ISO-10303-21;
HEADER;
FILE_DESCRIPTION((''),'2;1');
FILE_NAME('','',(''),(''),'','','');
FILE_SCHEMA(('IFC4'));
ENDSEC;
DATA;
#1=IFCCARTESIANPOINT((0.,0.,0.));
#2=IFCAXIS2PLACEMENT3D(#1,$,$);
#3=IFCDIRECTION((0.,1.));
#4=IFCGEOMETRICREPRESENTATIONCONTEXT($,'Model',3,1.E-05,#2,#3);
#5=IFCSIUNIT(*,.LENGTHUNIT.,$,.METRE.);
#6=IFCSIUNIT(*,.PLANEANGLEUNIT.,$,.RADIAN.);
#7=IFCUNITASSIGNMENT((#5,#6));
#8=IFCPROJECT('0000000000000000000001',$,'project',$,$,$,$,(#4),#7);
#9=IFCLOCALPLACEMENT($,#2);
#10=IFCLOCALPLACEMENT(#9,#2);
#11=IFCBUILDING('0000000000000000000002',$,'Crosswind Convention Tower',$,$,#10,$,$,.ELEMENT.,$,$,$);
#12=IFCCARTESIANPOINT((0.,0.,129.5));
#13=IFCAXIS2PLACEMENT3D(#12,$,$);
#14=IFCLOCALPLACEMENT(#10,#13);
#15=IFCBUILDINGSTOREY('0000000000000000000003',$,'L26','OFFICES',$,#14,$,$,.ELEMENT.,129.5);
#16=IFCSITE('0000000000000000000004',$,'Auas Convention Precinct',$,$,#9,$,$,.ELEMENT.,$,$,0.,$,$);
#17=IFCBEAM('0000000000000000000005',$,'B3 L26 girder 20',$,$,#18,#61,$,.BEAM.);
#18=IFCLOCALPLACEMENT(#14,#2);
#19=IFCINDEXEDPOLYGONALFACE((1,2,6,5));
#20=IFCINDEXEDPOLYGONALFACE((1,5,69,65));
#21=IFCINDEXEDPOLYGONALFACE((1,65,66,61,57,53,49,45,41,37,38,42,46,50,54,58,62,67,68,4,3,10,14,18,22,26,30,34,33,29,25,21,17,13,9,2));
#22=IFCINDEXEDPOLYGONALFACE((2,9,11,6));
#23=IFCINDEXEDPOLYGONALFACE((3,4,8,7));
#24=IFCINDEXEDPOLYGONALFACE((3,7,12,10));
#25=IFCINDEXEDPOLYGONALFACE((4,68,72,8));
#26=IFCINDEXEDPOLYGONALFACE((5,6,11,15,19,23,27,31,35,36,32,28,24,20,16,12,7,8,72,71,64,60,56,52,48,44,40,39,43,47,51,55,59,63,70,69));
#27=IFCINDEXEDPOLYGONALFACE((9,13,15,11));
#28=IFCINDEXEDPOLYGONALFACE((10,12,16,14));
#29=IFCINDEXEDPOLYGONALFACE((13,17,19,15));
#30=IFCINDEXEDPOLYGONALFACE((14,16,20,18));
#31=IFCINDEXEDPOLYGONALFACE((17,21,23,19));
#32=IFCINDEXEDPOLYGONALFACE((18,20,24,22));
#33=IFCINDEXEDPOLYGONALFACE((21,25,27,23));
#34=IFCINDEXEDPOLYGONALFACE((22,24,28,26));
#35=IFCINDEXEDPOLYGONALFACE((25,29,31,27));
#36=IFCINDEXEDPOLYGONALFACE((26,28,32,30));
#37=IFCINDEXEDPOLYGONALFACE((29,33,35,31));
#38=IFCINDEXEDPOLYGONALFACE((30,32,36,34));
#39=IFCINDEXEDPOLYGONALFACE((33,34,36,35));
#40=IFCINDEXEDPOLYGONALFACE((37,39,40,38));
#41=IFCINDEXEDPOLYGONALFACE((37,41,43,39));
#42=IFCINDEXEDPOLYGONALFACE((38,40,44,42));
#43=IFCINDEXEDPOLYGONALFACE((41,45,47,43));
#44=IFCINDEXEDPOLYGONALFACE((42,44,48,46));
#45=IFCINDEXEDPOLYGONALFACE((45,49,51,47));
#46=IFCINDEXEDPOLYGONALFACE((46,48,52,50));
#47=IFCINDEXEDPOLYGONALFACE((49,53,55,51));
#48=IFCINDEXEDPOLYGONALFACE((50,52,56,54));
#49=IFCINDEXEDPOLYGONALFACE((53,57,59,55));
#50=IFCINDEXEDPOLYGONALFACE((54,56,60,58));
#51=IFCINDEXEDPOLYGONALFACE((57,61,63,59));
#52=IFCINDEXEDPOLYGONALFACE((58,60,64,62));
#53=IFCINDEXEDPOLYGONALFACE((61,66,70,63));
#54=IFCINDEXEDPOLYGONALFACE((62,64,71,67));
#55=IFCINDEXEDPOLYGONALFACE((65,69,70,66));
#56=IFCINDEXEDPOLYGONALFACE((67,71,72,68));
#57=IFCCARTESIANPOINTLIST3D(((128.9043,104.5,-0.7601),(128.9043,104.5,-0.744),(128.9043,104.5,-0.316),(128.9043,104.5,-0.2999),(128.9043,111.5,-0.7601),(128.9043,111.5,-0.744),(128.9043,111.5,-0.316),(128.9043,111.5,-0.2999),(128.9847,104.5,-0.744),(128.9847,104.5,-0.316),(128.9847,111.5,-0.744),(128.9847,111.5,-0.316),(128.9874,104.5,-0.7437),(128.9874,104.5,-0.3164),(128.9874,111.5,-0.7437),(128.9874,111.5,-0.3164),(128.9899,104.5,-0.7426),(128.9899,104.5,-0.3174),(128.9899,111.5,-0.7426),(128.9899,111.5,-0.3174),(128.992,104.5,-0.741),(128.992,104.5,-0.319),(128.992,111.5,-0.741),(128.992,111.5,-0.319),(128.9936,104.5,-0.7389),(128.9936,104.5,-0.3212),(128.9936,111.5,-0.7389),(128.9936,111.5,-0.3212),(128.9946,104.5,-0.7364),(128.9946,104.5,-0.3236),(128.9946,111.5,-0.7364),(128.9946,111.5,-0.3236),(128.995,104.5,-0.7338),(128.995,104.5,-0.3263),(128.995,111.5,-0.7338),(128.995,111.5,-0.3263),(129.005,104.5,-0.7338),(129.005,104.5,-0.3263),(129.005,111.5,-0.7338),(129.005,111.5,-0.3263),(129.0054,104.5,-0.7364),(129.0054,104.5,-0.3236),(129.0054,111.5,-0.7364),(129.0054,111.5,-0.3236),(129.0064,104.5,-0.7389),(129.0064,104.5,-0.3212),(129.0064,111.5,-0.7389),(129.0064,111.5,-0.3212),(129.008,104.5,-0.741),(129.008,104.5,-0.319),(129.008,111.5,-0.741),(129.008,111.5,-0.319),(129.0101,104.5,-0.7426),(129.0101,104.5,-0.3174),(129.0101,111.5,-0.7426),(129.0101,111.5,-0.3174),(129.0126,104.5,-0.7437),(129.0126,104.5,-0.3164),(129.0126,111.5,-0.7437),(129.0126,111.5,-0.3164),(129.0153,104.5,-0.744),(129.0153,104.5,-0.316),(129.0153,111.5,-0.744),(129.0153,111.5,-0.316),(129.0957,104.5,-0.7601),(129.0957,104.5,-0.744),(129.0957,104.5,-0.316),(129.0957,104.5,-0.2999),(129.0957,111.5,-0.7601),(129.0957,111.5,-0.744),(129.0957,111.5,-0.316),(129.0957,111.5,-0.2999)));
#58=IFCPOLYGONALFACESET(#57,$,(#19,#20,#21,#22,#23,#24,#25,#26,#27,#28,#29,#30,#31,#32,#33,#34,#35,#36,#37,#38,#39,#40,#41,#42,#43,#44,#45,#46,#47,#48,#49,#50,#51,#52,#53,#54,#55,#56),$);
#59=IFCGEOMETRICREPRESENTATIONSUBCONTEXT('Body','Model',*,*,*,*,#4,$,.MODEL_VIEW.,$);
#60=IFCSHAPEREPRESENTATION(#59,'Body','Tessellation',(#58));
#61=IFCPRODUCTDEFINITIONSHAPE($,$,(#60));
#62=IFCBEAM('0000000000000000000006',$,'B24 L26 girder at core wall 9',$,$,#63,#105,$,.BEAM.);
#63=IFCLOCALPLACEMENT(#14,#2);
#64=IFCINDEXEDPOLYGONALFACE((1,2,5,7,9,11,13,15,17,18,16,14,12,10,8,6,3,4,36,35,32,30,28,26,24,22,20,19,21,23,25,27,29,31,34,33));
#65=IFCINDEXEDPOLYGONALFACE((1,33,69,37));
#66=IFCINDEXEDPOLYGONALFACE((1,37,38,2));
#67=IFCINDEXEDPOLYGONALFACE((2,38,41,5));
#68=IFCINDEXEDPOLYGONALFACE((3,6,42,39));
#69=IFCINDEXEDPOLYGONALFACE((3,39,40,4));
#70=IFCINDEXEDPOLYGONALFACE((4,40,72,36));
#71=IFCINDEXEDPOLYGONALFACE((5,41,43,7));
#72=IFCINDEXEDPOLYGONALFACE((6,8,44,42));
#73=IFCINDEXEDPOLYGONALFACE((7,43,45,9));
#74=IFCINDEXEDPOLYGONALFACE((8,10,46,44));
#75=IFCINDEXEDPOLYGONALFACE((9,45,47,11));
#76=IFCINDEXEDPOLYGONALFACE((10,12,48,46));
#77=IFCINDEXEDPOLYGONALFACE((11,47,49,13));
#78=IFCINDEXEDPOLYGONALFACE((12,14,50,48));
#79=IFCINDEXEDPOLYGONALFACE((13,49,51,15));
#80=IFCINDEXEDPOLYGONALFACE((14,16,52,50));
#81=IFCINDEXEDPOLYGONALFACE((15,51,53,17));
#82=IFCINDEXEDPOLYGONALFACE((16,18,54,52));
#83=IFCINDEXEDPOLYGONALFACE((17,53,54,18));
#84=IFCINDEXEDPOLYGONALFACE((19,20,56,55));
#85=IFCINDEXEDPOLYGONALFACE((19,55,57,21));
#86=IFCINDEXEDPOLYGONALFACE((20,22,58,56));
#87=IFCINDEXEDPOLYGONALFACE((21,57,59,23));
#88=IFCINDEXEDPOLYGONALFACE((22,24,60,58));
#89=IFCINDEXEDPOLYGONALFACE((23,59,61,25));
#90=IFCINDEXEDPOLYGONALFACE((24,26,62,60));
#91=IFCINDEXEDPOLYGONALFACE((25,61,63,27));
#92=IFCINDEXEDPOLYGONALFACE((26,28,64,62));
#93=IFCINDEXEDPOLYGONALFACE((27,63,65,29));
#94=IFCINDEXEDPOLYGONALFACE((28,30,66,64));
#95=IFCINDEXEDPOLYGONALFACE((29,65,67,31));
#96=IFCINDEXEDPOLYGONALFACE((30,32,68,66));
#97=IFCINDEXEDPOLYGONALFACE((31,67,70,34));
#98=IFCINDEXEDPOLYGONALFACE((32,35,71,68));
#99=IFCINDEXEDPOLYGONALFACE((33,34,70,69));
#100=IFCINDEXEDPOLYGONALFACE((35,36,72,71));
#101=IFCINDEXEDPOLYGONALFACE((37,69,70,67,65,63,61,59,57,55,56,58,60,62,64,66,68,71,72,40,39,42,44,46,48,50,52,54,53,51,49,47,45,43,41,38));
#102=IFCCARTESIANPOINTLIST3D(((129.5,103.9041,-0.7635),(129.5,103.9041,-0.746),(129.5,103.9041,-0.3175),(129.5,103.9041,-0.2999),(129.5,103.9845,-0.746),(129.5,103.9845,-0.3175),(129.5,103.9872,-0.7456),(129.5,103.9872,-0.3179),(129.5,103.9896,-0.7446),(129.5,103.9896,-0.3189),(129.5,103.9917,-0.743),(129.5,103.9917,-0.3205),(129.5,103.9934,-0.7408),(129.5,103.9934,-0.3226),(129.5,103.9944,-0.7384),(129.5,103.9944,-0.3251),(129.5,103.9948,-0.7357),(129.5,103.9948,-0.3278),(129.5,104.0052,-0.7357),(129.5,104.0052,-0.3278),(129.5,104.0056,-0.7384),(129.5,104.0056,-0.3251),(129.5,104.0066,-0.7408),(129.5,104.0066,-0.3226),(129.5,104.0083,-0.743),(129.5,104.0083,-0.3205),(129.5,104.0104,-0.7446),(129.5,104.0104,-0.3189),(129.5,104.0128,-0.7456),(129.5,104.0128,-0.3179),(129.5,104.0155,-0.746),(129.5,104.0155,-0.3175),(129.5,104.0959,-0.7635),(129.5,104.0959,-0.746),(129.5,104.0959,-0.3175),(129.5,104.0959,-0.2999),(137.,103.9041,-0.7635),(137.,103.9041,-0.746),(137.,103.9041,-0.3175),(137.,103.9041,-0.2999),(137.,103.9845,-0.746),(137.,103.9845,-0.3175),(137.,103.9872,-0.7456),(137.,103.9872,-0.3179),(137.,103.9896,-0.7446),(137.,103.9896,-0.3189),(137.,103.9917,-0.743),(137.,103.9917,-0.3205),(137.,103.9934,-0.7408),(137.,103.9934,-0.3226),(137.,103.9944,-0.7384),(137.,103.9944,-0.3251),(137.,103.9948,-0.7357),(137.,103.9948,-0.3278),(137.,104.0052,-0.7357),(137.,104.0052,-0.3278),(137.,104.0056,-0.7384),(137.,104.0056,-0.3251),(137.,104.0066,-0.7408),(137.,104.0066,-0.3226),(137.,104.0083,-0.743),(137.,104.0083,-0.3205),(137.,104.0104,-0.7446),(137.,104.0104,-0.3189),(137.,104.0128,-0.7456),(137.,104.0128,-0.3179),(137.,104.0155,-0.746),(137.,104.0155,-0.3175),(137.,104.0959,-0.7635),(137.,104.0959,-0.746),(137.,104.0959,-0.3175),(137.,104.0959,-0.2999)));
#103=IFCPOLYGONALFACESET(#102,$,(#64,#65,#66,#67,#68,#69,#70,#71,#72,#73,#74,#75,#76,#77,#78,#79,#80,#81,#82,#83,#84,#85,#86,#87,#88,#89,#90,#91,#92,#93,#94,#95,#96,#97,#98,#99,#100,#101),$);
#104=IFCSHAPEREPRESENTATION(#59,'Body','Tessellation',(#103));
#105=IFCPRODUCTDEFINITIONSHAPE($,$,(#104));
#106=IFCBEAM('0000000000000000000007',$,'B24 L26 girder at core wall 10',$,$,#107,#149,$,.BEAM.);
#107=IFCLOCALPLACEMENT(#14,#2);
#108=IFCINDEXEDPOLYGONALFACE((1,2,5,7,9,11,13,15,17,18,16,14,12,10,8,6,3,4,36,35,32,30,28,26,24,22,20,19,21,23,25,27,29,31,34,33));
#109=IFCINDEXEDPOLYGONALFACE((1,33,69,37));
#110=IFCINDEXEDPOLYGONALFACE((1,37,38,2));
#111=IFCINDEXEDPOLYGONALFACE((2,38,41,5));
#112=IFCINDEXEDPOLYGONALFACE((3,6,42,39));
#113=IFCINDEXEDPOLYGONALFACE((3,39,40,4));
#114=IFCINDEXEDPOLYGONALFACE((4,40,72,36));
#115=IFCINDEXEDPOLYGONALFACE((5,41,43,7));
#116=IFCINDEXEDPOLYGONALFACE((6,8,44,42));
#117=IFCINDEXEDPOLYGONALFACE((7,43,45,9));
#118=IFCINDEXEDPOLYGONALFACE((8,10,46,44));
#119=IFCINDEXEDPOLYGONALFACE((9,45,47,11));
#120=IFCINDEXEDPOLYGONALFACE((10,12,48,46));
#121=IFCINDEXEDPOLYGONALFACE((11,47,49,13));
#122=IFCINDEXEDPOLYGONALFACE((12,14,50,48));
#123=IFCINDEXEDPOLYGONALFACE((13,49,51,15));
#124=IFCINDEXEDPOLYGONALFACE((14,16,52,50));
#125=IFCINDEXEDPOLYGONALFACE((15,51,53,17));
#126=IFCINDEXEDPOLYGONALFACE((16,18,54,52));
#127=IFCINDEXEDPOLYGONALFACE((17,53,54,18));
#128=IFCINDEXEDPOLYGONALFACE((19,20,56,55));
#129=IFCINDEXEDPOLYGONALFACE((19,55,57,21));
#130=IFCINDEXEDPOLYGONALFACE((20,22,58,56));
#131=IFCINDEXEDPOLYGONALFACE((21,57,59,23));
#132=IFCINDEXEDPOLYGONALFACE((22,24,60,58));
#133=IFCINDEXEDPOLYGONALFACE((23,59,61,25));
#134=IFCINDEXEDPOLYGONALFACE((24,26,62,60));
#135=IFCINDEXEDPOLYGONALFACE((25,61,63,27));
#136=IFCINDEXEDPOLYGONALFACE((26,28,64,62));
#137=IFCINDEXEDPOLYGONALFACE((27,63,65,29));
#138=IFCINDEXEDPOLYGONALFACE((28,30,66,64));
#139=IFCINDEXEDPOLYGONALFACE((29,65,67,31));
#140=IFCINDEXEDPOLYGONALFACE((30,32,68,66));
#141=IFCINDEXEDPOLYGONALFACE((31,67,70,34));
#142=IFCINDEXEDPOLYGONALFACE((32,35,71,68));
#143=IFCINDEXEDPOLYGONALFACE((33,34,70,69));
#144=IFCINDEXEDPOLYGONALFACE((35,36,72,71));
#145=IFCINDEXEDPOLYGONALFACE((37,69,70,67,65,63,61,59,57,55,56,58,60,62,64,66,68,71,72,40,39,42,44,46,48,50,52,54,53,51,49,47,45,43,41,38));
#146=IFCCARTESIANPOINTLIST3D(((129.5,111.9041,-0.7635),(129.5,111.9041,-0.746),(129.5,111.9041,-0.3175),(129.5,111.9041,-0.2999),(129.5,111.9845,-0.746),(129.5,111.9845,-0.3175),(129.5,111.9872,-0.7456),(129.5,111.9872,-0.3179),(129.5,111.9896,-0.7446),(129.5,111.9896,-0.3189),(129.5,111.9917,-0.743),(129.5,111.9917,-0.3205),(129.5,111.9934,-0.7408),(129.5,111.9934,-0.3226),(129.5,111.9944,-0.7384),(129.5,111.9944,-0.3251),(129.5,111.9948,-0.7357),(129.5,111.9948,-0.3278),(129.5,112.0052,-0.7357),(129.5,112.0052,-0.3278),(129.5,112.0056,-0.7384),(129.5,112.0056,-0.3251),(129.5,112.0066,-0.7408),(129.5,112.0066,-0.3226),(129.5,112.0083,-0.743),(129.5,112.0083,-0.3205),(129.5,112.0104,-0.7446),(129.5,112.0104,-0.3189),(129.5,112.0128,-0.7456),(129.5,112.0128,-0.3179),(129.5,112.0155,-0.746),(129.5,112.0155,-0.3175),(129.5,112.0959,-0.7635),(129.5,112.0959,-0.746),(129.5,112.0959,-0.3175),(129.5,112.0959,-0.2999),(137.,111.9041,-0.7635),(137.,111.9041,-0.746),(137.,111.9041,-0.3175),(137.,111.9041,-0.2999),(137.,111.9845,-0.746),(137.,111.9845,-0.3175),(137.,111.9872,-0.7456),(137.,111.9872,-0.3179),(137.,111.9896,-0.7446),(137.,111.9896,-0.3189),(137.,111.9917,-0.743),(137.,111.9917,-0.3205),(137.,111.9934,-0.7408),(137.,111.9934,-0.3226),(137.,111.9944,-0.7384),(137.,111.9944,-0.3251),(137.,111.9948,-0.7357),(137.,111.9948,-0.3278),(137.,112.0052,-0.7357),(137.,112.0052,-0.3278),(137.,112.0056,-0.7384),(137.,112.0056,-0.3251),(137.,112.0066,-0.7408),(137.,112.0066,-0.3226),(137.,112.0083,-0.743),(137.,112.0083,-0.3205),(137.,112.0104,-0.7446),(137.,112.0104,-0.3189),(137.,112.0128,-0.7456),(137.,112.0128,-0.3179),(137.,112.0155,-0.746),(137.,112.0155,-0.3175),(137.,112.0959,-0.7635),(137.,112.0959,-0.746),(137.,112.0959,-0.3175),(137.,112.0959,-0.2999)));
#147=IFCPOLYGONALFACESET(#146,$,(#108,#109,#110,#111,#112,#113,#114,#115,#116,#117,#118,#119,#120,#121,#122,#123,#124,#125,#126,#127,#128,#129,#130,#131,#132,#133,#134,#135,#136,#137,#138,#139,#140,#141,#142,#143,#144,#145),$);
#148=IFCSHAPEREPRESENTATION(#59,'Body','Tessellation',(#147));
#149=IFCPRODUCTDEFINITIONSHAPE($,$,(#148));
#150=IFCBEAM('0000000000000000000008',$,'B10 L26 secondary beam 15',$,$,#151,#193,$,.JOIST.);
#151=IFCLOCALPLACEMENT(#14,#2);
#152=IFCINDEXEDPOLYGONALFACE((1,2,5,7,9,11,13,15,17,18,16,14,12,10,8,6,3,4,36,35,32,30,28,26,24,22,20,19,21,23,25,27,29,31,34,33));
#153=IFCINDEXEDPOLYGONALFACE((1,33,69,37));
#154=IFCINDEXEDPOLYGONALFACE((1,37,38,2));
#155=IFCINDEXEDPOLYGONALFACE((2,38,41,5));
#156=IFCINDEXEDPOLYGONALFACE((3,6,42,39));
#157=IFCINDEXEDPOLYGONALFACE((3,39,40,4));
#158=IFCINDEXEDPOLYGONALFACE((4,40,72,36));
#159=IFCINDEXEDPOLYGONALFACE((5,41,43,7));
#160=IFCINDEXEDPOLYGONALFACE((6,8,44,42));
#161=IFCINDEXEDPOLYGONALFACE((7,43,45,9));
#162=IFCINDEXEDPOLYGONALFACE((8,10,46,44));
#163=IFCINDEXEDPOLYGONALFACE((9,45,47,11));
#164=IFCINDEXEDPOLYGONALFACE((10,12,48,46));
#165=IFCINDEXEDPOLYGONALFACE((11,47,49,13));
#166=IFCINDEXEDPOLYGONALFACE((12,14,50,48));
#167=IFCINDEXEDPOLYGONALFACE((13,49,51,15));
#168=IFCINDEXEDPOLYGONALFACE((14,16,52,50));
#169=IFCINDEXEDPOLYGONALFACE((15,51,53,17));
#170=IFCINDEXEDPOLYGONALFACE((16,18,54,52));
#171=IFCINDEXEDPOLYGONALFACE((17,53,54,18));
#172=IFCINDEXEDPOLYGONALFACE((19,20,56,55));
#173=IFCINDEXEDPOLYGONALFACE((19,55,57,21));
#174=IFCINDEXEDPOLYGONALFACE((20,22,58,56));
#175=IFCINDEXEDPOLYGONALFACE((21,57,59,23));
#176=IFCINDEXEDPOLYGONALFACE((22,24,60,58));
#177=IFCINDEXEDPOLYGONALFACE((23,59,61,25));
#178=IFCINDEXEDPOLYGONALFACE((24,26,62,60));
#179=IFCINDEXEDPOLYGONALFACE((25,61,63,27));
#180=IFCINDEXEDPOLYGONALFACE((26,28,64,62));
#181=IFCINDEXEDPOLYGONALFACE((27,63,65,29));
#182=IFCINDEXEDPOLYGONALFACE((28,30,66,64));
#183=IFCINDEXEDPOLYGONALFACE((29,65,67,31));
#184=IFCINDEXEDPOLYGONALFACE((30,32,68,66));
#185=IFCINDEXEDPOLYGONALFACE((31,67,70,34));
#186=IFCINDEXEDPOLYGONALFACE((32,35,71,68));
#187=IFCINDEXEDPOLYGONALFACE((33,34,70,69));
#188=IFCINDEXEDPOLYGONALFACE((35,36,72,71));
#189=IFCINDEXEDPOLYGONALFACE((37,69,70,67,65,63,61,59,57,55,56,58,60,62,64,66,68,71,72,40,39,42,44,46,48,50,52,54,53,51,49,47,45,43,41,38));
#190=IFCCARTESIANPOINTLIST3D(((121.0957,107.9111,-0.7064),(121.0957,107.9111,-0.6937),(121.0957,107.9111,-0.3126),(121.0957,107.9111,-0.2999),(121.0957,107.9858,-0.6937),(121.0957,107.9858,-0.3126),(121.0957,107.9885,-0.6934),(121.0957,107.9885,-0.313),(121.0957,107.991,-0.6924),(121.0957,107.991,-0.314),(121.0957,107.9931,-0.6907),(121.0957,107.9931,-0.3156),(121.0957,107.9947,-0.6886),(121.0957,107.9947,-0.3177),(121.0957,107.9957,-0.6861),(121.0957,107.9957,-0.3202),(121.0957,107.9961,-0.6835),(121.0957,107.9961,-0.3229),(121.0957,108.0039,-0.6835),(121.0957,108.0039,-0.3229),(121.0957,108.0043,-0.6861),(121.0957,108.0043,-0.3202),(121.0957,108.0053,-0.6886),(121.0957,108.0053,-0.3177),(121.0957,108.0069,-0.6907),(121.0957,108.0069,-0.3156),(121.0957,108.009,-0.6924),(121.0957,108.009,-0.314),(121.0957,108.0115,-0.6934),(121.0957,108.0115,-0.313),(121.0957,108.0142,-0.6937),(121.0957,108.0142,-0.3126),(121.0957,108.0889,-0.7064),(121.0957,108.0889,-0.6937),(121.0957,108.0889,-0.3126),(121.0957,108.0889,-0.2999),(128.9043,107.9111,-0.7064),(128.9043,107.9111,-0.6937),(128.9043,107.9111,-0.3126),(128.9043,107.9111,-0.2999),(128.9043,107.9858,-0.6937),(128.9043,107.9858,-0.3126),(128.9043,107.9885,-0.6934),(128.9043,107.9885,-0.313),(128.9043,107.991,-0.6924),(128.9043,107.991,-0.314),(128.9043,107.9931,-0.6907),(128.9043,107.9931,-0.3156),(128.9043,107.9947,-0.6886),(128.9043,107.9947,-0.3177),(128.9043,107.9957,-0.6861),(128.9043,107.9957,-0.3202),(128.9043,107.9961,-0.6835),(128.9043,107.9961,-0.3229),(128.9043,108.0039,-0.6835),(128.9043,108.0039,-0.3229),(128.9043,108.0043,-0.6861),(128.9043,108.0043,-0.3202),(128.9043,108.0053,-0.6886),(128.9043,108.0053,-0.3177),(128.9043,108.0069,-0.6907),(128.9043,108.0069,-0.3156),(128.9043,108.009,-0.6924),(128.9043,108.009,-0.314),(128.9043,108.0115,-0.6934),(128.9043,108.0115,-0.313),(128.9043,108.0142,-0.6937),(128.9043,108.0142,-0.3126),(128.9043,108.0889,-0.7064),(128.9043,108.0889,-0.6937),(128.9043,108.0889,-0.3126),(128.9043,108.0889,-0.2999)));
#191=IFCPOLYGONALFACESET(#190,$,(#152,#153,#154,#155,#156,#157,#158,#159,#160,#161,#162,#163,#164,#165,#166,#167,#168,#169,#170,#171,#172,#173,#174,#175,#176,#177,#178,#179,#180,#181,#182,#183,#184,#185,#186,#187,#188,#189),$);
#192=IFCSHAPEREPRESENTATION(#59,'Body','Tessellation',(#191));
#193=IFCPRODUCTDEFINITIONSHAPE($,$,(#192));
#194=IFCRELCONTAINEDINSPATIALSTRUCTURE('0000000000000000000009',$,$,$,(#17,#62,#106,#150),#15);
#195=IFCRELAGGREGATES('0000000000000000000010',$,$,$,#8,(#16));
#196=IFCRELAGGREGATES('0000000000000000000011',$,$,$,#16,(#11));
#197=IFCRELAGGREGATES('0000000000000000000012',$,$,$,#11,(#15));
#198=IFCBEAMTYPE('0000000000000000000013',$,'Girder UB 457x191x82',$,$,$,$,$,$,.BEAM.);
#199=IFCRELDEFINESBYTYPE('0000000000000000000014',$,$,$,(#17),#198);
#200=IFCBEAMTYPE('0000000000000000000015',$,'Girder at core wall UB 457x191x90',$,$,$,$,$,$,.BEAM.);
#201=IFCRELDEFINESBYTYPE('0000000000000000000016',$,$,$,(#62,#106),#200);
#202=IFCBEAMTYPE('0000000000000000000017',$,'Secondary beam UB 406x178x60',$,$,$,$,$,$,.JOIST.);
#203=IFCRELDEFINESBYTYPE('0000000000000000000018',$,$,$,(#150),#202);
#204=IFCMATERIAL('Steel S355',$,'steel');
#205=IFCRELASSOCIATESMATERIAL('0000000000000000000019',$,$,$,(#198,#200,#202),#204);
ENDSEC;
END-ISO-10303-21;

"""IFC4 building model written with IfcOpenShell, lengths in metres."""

from ifc_helpers import new_model, si_unit, direction, frame, origin, origin_2d, place, context, subcontext, project, spatial, i_section, extrude, material, material_profile, profile_set, type_object, element, save


model = new_model("IFC4")

# Units and contexts
model_context = context("Model", 3, precision=1e-05, world=origin(), true_north=direction((0.0, 1.0)))
body_context = subcontext(model_context, "Body", "Model", "MODEL_VIEW")
ifc_project = project(units=[si_unit("LENGTHUNIT", "METRE"), si_unit("PLANEANGLEUNIT", "RADIAN")], contexts=[model_context])

# Site, building, storey
site_placement = place(None, origin())
site = spatial("IfcSite", under=ifc_project, at=site_placement, Name="Auas Convention Precinct", CompositionType="ELEMENT", RefElevation=0.0)
building_placement = place(site_placement, origin())
building = spatial("IfcBuilding", under=site, at=building_placement, Name="Crosswind Convention Tower", CompositionType="ELEMENT")
storey_placement = place(building_placement, frame((0.0, 0.0, 129.5)))
storey = spatial("IfcBuildingStorey", under=building, at=storey_placement, Name="L26", Description="OFFICES", CompositionType="ELEMENT", Elevation=129.5)

# Beams
ifc_material_1 = material(Name="Steel S355", Category="steel")
ifc_material_profile_1 = material_profile(ifc_material_1, i_section(OverallWidth=0.1914, OverallDepth=0.4602, WebThickness=0.01, FlangeThickness=0.0161, FilletRadius=0.0103, at=origin_2d()), Name="UB 457x191x82")
ifc_profile_set_1 = profile_set([ifc_material_profile_1], Name="Steel S355")
beam_type_1 = type_object("IfcBeamType", Name="Girder UB 457x191x82", PredefinedType="BEAM", material=ifc_profile_set_1)
for number, where, z_axis, x_axis, name in (
    (1, (129.0, 104.5, -0.53), (0.0, 1.0, 0.0), (-1.0, 0.0, 0.0), "B3 L26 girder 20"),
):
    element("IfcBeam", number, at=place(storey_placement, frame(where, z_axis=z_axis, x_axis=x_axis)), inside=storey, type_object=beam_type_1, Name=name, PredefinedType="BEAM", context=body_context, shape_type="SweptSolid", body=[
        extrude(i_section(OverallWidth=0.1914, OverallDepth=0.4602, WebThickness=0.01, FlangeThickness=0.0161, FilletRadius=0.0103, at=origin_2d()), origin(), (0.0, 0.0, 1.0), 7.0),
    ])
ifc_material_profile_2 = material_profile(ifc_material_1, i_section(OverallWidth=0.1919, OverallDepth=0.4636, WebThickness=0.0105, FlangeThickness=0.0176, FilletRadius=0.0103, at=origin_2d()), Name="UB 457x191x90")
ifc_profile_set_2 = profile_set([ifc_material_profile_2], Name="Steel S355")
beam_type_2 = type_object("IfcBeamType", Name="Girder at core wall UB 457x191x90", PredefinedType="BEAM", material=ifc_profile_set_2)
for number, where, z_axis, x_axis, name in (
    (2, (129.5, 104.0, -0.5317), (1.0, 0.0, 0.0), (0.0, 1.0, 0.0), "B24 L26 girder at core wall 9"),
    (3, (129.5, 112.0, -0.5317), (1.0, 0.0, 0.0), (0.0, 1.0, 0.0), "B24 L26 girder at core wall 10"),
):
    element("IfcBeam", number, at=place(storey_placement, frame(where, z_axis=z_axis, x_axis=x_axis)), inside=storey, type_object=beam_type_2, Name=name, PredefinedType="BEAM", context=body_context, shape_type="SweptSolid", body=[
        extrude(i_section(OverallWidth=0.1919, OverallDepth=0.4636, WebThickness=0.0105, FlangeThickness=0.0176, FilletRadius=0.0103, at=origin_2d()), origin(), (0.0, 0.0, 1.0), 7.5),
    ])
ifc_material_profile_3 = material_profile(ifc_material_1, i_section(OverallWidth=0.1777, OverallDepth=0.4065, WebThickness=0.0078, FlangeThickness=0.0127, FilletRadius=0.0103, at=origin_2d()), Name="UB 406x178x60")
ifc_profile_set_3 = profile_set([ifc_material_profile_3], Name="Steel S355")
beam_type_3 = type_object("IfcBeamType", Name="Secondary beam UB 406x178x60", PredefinedType="JOIST", material=ifc_profile_set_3)
beam_1_placement = place(storey_placement, frame((121.0957, 108.0, -0.5032), z_axis=(1.0, 0.0, 0.0), x_axis=(0.0, 1.0, 0.0)))
element("IfcBeam", 4, at=beam_1_placement, inside=storey, type_object=beam_type_3, Name="B10 L26 secondary beam 15", PredefinedType="JOIST", context=body_context, shape_type="SweptSolid", body=[
    extrude(i_section(OverallWidth=0.1777, OverallDepth=0.4065, WebThickness=0.0078, FlangeThickness=0.0127, FilletRadius=0.0103, at=origin_2d()), origin(), (0.0, 0.0, 1.0), 7.8086),
])

save(model, "model.ifc")
